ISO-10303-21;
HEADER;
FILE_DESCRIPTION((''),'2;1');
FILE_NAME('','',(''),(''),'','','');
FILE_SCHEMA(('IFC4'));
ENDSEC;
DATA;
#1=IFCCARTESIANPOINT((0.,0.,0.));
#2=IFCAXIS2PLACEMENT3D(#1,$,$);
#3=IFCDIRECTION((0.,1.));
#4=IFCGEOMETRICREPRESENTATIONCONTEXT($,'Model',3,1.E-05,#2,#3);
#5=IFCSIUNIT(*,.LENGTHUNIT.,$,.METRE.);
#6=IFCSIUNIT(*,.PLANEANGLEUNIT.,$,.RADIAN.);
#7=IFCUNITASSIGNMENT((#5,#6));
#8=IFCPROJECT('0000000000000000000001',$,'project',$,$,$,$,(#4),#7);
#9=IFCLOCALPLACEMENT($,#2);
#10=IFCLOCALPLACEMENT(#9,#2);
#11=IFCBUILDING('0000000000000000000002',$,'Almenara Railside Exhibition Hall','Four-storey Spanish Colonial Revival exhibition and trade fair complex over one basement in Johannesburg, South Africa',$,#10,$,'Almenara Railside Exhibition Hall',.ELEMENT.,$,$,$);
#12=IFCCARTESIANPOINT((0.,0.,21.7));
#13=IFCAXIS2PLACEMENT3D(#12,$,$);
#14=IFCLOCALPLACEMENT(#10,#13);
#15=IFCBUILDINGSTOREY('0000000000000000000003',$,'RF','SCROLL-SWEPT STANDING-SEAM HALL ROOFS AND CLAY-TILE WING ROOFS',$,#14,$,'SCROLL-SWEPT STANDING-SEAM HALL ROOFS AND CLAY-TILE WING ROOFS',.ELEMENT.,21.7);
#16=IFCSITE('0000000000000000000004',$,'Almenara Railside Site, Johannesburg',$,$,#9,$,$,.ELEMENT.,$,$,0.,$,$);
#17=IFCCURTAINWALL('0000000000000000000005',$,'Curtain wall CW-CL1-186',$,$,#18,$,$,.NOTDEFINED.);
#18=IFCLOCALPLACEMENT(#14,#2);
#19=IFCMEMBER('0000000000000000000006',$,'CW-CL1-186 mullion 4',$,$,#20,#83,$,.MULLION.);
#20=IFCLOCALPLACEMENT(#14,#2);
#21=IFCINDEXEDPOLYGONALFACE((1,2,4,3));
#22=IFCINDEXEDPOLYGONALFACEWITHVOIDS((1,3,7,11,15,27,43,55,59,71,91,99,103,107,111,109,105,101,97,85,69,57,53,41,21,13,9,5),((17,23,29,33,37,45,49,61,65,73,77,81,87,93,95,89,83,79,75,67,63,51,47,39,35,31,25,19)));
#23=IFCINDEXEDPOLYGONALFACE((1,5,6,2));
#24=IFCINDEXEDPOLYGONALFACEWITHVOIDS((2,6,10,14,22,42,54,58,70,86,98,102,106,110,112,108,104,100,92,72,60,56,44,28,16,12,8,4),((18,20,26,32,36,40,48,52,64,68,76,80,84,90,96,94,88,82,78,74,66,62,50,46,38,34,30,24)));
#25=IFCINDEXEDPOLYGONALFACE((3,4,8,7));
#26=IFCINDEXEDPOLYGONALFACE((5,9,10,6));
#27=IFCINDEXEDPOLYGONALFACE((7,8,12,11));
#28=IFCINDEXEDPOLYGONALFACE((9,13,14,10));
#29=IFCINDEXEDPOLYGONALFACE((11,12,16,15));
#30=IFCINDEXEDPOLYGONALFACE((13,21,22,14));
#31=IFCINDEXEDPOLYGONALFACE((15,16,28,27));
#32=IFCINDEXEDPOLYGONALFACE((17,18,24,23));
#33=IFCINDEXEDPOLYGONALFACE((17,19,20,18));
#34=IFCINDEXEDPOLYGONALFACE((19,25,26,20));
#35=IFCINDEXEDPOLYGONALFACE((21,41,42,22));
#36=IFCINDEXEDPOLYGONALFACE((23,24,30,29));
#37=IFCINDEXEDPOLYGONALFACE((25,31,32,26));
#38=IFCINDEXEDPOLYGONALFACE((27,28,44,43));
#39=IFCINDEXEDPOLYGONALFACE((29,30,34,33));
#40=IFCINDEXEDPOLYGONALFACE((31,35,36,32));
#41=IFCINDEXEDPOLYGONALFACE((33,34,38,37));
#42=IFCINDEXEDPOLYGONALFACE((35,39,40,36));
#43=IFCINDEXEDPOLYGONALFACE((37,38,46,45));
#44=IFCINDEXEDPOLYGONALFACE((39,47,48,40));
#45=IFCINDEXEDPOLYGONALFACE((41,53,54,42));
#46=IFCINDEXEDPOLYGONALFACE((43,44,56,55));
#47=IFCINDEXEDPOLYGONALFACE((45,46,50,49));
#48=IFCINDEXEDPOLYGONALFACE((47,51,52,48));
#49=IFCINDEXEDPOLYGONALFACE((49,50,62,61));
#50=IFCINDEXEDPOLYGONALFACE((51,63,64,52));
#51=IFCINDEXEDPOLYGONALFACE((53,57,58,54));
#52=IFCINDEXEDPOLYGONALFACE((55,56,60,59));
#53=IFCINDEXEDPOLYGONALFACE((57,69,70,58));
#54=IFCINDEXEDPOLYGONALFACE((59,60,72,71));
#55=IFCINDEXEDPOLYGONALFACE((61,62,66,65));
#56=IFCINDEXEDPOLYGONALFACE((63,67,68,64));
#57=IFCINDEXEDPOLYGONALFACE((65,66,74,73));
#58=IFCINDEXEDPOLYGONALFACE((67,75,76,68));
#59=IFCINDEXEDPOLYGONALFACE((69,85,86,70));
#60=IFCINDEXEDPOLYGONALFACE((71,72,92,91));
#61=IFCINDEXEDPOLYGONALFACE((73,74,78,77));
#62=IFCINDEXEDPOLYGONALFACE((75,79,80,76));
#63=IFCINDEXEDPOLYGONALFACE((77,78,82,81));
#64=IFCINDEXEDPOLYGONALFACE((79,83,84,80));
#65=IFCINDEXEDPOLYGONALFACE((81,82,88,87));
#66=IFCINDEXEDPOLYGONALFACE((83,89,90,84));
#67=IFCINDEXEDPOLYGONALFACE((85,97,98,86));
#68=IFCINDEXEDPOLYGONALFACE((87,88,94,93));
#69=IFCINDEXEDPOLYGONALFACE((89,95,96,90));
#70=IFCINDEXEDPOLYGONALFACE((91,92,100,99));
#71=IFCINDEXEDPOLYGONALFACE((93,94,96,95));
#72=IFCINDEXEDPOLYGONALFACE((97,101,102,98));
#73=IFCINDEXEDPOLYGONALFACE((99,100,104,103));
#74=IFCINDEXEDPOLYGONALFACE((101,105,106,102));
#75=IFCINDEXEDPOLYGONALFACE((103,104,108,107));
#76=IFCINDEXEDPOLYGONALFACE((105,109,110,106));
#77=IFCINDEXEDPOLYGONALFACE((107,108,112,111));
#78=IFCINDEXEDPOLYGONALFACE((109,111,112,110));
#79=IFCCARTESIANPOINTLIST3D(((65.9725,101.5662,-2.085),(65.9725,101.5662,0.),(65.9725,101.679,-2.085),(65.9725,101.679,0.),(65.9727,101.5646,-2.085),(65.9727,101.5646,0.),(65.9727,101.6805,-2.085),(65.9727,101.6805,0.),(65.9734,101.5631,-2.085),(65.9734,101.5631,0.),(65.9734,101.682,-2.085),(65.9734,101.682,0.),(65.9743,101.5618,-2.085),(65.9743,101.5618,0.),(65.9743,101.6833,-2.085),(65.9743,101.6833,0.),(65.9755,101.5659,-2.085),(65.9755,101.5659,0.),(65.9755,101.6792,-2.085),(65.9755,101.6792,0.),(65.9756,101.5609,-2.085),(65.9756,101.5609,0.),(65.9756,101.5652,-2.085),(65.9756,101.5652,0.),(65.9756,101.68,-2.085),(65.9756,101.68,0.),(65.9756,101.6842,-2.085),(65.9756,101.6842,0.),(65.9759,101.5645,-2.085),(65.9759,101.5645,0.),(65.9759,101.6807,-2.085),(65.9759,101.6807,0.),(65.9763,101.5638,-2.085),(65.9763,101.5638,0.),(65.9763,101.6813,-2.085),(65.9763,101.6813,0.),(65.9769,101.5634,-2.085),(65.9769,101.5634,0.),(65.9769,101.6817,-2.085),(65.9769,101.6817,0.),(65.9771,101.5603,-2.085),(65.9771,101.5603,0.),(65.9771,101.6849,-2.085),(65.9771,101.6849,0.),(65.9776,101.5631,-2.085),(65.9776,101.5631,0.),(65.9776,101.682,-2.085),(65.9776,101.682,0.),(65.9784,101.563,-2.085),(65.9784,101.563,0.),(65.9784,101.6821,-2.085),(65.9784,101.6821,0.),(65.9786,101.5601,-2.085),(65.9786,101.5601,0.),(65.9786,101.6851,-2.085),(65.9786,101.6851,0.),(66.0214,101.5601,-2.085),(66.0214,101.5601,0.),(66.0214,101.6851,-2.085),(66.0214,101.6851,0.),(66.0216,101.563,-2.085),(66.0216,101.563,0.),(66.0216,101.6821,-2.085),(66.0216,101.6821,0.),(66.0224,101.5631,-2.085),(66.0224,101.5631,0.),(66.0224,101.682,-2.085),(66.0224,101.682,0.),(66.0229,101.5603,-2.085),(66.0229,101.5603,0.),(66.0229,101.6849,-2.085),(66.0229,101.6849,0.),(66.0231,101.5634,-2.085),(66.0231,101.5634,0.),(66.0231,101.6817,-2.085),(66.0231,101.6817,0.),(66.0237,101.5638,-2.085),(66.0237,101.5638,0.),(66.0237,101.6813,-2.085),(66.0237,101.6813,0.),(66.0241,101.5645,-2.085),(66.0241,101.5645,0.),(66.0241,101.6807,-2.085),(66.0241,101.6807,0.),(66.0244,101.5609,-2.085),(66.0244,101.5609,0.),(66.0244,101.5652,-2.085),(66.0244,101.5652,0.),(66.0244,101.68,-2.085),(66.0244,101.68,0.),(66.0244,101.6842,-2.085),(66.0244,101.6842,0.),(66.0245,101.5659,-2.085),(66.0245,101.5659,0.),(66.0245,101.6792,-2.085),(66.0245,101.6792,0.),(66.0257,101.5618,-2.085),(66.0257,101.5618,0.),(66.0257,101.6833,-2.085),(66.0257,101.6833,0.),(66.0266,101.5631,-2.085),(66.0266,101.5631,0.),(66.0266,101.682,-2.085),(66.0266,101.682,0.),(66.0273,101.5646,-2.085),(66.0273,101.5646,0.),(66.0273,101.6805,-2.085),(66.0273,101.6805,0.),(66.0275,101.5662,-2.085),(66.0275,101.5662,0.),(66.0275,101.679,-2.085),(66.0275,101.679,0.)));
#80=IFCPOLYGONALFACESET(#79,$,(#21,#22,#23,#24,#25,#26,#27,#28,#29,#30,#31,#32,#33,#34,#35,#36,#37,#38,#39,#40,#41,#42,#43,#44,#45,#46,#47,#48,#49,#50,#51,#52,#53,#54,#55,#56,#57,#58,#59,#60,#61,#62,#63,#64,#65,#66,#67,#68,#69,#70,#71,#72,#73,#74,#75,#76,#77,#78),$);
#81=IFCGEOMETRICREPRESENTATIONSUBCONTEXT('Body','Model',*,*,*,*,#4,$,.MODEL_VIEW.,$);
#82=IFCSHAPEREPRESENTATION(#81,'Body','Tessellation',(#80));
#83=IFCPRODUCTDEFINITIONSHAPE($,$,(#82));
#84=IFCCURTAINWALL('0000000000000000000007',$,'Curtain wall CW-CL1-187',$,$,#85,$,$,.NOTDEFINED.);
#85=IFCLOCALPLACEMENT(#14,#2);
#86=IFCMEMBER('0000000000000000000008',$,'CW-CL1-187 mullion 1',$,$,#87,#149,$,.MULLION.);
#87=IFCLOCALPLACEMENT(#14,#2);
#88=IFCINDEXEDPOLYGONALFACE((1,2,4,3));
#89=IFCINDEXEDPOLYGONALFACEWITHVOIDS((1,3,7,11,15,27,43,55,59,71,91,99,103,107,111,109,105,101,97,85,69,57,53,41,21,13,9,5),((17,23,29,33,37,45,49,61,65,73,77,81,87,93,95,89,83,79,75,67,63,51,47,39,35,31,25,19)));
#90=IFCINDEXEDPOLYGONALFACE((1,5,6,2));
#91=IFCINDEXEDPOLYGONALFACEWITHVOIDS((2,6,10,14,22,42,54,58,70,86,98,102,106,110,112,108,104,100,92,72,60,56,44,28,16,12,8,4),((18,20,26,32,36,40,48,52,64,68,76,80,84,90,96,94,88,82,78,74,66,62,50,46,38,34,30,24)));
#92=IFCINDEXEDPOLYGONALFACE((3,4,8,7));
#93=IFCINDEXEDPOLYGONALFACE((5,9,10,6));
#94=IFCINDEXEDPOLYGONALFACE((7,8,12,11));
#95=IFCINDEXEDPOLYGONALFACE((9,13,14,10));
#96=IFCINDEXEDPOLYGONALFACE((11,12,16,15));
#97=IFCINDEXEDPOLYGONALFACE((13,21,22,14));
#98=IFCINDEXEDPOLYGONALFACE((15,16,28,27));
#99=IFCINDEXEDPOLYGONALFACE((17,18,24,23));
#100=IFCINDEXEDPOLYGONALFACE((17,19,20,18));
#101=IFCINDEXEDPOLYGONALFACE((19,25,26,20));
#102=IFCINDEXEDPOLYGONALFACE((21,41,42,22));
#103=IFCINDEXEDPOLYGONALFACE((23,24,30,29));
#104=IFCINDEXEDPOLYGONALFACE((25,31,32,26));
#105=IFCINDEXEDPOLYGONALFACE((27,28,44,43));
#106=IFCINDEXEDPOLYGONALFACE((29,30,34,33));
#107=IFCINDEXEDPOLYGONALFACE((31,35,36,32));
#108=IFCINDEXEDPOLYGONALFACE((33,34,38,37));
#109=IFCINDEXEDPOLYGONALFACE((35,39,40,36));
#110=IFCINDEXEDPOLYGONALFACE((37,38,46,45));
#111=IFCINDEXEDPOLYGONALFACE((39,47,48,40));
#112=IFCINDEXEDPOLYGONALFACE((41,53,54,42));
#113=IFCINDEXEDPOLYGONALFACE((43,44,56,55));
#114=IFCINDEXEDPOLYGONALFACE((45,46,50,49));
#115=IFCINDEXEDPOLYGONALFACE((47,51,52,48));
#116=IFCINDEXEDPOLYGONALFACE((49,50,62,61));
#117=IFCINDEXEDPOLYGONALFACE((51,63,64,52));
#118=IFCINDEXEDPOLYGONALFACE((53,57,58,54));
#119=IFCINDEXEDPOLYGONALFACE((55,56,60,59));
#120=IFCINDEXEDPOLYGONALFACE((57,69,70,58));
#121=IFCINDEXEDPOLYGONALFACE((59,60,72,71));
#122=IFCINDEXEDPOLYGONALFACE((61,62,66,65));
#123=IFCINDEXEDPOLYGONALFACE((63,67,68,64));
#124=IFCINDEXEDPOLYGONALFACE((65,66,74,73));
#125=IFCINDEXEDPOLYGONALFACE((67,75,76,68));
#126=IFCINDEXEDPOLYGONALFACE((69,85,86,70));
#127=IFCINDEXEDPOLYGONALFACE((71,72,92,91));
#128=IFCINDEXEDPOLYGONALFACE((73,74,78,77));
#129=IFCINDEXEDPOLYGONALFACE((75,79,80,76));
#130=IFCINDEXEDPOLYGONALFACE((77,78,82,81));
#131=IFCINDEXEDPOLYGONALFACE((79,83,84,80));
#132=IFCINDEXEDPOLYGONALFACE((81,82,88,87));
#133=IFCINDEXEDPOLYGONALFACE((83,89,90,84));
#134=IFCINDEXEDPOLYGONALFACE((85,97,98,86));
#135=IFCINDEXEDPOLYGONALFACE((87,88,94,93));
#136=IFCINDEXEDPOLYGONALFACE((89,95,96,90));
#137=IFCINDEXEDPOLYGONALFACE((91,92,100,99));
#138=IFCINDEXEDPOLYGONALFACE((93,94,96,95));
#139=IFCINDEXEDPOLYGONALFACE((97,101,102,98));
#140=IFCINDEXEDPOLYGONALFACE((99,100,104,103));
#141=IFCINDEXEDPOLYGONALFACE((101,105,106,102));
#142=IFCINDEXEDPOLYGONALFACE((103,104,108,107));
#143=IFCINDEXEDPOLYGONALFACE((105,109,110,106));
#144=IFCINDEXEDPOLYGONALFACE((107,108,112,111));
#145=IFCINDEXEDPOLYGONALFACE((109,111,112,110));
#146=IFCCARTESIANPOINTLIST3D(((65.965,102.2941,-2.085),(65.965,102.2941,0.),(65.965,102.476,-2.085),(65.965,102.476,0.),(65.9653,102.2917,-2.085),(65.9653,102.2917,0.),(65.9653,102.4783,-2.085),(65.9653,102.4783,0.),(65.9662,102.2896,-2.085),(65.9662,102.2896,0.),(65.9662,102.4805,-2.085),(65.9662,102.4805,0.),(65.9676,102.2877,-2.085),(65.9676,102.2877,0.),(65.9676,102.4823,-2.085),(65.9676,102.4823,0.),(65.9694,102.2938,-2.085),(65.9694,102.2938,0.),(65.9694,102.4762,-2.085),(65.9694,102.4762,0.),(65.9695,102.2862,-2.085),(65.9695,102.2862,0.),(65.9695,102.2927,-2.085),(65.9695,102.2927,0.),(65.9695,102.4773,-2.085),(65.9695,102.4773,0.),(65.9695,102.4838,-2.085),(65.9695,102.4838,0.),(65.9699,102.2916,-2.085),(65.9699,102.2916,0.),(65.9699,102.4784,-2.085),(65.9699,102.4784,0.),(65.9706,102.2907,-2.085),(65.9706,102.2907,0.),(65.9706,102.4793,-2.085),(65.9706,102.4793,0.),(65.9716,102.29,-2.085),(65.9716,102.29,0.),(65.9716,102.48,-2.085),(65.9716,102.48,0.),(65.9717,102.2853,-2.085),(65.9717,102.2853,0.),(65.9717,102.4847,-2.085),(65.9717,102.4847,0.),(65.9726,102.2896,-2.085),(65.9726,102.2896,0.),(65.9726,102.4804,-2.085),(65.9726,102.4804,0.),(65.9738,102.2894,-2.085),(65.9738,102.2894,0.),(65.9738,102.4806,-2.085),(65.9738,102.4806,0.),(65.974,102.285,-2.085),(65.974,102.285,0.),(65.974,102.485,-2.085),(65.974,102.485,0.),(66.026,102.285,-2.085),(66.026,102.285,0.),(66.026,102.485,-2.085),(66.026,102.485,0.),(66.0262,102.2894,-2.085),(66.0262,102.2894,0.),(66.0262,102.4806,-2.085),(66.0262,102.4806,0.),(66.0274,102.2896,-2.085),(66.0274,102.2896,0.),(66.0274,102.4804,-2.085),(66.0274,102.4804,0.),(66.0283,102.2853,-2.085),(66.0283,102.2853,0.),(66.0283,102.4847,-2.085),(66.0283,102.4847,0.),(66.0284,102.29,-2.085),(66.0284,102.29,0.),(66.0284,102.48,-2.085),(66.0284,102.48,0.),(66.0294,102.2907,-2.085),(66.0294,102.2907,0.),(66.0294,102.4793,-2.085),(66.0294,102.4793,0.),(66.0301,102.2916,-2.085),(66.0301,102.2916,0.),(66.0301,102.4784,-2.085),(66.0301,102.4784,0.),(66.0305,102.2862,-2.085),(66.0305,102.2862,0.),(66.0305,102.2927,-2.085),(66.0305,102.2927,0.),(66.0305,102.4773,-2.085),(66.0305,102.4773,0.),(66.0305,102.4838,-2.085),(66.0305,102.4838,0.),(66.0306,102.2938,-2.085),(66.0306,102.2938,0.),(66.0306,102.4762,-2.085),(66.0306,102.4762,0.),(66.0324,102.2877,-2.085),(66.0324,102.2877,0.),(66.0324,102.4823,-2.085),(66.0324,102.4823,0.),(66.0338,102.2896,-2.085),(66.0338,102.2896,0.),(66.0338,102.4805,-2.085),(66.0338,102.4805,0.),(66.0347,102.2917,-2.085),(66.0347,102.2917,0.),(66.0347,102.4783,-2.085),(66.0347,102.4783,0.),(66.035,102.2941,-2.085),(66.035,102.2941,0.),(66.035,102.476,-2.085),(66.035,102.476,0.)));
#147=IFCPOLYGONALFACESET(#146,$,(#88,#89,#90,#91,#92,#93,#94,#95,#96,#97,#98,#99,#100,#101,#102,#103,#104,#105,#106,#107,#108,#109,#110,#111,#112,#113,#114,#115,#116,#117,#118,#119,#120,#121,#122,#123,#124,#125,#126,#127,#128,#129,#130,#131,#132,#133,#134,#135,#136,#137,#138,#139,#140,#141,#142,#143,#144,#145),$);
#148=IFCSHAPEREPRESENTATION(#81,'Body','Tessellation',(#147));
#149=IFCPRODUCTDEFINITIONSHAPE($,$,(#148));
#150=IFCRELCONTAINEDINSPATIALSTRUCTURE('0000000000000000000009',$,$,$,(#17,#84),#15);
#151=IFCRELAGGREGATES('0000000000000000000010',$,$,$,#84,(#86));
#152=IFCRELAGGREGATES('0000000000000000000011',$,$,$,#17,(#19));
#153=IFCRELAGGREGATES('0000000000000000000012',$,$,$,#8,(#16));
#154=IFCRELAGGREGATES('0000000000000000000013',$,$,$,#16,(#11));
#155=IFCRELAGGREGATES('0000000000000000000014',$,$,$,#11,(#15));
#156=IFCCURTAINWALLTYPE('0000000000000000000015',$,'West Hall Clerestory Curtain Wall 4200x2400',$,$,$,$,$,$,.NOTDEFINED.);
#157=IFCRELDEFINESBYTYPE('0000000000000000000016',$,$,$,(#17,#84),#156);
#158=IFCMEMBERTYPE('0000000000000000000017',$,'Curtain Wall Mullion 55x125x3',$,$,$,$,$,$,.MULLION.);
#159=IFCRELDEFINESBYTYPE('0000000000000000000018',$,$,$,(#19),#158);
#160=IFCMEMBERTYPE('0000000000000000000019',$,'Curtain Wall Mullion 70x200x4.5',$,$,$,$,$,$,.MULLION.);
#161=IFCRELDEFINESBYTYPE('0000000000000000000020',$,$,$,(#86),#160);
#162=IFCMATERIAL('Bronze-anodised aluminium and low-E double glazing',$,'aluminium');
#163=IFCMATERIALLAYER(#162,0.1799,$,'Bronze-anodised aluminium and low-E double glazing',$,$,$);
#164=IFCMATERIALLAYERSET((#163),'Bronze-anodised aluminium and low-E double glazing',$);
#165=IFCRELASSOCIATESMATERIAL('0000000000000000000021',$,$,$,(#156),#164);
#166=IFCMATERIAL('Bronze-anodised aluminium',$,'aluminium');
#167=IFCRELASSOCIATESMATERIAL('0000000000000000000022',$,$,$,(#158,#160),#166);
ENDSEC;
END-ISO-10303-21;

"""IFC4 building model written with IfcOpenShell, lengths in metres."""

from ifc_helpers import new_model, si_unit, direction, frame, origin, origin_2d, place, context, subcontext, project, spatial, hollow_rectangle, extrude, material, layer, layer_set, material_profile, profile_set, type_object, element, aggregate, save


model = new_model("IFC4")

# Units and contexts
model_context = context("Model", 3, precision=1e-05, world=origin(), true_north=direction((0.0, 1.0)))
body_context = subcontext(model_context, "Body", "Model", "MODEL_VIEW")
ifc_project = project(units=[si_unit("LENGTHUNIT", "METRE"), si_unit("PLANEANGLEUNIT", "RADIAN")], contexts=[model_context])

# Site, building, storey
site_placement = place(None, origin())
site = spatial("IfcSite", under=ifc_project, at=site_placement, Name="Almenara Railside Site, Johannesburg", CompositionType="ELEMENT", RefElevation=0.0)
building_placement = place(site_placement, origin())
building = spatial("IfcBuilding", under=site, at=building_placement, Name="Almenara Railside Exhibition Hall", Description="Four-storey Spanish Colonial Revival exhibition and trade fair complex over one basement in Johannesburg, South Africa", LongName="Almenara Railside Exhibition Hall", CompositionType="ELEMENT")
storey_placement = place(building_placement, frame((0.0, 0.0, 21.7)))
storey = spatial("IfcBuildingStorey", under=building, at=storey_placement, Name="RF", Description="SCROLL-SWEPT STANDING-SEAM HALL ROOFS AND CLAY-TILE WING ROOFS", LongName="SCROLL-SWEPT STANDING-SEAM HALL ROOFS AND CLAY-TILE WING ROOFS", CompositionType="ELEMENT", Elevation=21.7)

# Curtain walls, members
ifc_material_1 = material(Name="Bronze-anodised aluminium and low-E double glazing", Category="aluminium")
ifc_layer_1 = layer(ifc_material_1, 0.1799, Name="Bronze-anodised aluminium and low-E double glazing")
ifc_layer_set_1 = layer_set([ifc_layer_1], Name="Bronze-anodised aluminium and low-E double glazing")
curtain_wall_type = type_object("IfcCurtainWallType", Name="West Hall Clerestory Curtain Wall 4200x2400", PredefinedType="NOTDEFINED", material=ifc_layer_set_1)
curtain_wall_1_placement = place(storey_placement, origin())
curtain_wall_1 = element("IfcCurtainWall", 1, at=curtain_wall_1_placement, inside=storey, type_object=curtain_wall_type, Name="Curtain wall CW-CL1-186", PredefinedType="NOTDEFINED")
ifc_material_2 = material(Name="Bronze-anodised aluminium", Category="aluminium")
ifc_material_profile_1 = material_profile(ifc_material_2, hollow_rectangle(XDim=0.0549, YDim=0.125, WallThickness=0.0029, InnerFilletRadius=0.0029, OuterFilletRadius=0.0061, at=origin_2d()), Name="ALU-MUL 55x125x3")
ifc_profile_set_1 = profile_set([ifc_material_profile_1], Name="Bronze-anodised aluminium")
member_type_1 = type_object("IfcMemberType", Name="Curtain Wall Mullion 55x125x3", PredefinedType="MULLION", material=ifc_profile_set_1)
member_1_placement = place(storey_placement, frame((66.0, 101.6226, -2.085), z_axis=(0.0, 0.0, 1.0), x_axis=(-1.0, 0.0, 0.0)))
member_1 = element("IfcMember", 2, at=member_1_placement, type_object=member_type_1, Name="CW-CL1-186 mullion 4", PredefinedType="MULLION", context=body_context, shape_type="SweptSolid", body=[
    extrude(hollow_rectangle(XDim=0.0549, YDim=0.125, WallThickness=0.0029, InnerFilletRadius=0.0029, OuterFilletRadius=0.0061, at=origin_2d()), origin(), (0.0, 0.0, 1.0), 2.085),
])
curtain_wall_2_placement = place(storey_placement, origin())
curtain_wall_2 = element("IfcCurtainWall", 3, at=curtain_wall_2_placement, inside=storey, type_object=curtain_wall_type, Name="Curtain wall CW-CL1-187", PredefinedType="NOTDEFINED")
ifc_material_profile_2 = material_profile(ifc_material_2, hollow_rectangle(XDim=0.0701, YDim=0.2, WallThickness=0.0044, InnerFilletRadius=0.0044, OuterFilletRadius=0.009, at=origin_2d()), Name="ALU-MUL 70x200x4.5")
ifc_profile_set_2 = profile_set([ifc_material_profile_2], Name="Bronze-anodised aluminium")
member_type_2 = type_object("IfcMemberType", Name="Curtain Wall Mullion 70x200x4.5", PredefinedType="MULLION", material=ifc_profile_set_2)
member_2_placement = place(storey_placement, frame((66.0, 102.385, -2.085), z_axis=(0.0, 0.0, 1.0), x_axis=(-1.0, 0.0, 0.0)))
member_2 = element("IfcMember", 4, at=member_2_placement, type_object=member_type_2, Name="CW-CL1-187 mullion 1", PredefinedType="MULLION", context=body_context, shape_type="SweptSolid", body=[
    extrude(hollow_rectangle(XDim=0.0701, YDim=0.2, WallThickness=0.0044, InnerFilletRadius=0.0044, OuterFilletRadius=0.009, at=origin_2d()), origin(), (0.0, 0.0, 1.0), 2.085),
])

aggregate(curtain_wall_2, [member_2])
aggregate(curtain_wall_1, [member_1])

save(model, "model.ifc")
